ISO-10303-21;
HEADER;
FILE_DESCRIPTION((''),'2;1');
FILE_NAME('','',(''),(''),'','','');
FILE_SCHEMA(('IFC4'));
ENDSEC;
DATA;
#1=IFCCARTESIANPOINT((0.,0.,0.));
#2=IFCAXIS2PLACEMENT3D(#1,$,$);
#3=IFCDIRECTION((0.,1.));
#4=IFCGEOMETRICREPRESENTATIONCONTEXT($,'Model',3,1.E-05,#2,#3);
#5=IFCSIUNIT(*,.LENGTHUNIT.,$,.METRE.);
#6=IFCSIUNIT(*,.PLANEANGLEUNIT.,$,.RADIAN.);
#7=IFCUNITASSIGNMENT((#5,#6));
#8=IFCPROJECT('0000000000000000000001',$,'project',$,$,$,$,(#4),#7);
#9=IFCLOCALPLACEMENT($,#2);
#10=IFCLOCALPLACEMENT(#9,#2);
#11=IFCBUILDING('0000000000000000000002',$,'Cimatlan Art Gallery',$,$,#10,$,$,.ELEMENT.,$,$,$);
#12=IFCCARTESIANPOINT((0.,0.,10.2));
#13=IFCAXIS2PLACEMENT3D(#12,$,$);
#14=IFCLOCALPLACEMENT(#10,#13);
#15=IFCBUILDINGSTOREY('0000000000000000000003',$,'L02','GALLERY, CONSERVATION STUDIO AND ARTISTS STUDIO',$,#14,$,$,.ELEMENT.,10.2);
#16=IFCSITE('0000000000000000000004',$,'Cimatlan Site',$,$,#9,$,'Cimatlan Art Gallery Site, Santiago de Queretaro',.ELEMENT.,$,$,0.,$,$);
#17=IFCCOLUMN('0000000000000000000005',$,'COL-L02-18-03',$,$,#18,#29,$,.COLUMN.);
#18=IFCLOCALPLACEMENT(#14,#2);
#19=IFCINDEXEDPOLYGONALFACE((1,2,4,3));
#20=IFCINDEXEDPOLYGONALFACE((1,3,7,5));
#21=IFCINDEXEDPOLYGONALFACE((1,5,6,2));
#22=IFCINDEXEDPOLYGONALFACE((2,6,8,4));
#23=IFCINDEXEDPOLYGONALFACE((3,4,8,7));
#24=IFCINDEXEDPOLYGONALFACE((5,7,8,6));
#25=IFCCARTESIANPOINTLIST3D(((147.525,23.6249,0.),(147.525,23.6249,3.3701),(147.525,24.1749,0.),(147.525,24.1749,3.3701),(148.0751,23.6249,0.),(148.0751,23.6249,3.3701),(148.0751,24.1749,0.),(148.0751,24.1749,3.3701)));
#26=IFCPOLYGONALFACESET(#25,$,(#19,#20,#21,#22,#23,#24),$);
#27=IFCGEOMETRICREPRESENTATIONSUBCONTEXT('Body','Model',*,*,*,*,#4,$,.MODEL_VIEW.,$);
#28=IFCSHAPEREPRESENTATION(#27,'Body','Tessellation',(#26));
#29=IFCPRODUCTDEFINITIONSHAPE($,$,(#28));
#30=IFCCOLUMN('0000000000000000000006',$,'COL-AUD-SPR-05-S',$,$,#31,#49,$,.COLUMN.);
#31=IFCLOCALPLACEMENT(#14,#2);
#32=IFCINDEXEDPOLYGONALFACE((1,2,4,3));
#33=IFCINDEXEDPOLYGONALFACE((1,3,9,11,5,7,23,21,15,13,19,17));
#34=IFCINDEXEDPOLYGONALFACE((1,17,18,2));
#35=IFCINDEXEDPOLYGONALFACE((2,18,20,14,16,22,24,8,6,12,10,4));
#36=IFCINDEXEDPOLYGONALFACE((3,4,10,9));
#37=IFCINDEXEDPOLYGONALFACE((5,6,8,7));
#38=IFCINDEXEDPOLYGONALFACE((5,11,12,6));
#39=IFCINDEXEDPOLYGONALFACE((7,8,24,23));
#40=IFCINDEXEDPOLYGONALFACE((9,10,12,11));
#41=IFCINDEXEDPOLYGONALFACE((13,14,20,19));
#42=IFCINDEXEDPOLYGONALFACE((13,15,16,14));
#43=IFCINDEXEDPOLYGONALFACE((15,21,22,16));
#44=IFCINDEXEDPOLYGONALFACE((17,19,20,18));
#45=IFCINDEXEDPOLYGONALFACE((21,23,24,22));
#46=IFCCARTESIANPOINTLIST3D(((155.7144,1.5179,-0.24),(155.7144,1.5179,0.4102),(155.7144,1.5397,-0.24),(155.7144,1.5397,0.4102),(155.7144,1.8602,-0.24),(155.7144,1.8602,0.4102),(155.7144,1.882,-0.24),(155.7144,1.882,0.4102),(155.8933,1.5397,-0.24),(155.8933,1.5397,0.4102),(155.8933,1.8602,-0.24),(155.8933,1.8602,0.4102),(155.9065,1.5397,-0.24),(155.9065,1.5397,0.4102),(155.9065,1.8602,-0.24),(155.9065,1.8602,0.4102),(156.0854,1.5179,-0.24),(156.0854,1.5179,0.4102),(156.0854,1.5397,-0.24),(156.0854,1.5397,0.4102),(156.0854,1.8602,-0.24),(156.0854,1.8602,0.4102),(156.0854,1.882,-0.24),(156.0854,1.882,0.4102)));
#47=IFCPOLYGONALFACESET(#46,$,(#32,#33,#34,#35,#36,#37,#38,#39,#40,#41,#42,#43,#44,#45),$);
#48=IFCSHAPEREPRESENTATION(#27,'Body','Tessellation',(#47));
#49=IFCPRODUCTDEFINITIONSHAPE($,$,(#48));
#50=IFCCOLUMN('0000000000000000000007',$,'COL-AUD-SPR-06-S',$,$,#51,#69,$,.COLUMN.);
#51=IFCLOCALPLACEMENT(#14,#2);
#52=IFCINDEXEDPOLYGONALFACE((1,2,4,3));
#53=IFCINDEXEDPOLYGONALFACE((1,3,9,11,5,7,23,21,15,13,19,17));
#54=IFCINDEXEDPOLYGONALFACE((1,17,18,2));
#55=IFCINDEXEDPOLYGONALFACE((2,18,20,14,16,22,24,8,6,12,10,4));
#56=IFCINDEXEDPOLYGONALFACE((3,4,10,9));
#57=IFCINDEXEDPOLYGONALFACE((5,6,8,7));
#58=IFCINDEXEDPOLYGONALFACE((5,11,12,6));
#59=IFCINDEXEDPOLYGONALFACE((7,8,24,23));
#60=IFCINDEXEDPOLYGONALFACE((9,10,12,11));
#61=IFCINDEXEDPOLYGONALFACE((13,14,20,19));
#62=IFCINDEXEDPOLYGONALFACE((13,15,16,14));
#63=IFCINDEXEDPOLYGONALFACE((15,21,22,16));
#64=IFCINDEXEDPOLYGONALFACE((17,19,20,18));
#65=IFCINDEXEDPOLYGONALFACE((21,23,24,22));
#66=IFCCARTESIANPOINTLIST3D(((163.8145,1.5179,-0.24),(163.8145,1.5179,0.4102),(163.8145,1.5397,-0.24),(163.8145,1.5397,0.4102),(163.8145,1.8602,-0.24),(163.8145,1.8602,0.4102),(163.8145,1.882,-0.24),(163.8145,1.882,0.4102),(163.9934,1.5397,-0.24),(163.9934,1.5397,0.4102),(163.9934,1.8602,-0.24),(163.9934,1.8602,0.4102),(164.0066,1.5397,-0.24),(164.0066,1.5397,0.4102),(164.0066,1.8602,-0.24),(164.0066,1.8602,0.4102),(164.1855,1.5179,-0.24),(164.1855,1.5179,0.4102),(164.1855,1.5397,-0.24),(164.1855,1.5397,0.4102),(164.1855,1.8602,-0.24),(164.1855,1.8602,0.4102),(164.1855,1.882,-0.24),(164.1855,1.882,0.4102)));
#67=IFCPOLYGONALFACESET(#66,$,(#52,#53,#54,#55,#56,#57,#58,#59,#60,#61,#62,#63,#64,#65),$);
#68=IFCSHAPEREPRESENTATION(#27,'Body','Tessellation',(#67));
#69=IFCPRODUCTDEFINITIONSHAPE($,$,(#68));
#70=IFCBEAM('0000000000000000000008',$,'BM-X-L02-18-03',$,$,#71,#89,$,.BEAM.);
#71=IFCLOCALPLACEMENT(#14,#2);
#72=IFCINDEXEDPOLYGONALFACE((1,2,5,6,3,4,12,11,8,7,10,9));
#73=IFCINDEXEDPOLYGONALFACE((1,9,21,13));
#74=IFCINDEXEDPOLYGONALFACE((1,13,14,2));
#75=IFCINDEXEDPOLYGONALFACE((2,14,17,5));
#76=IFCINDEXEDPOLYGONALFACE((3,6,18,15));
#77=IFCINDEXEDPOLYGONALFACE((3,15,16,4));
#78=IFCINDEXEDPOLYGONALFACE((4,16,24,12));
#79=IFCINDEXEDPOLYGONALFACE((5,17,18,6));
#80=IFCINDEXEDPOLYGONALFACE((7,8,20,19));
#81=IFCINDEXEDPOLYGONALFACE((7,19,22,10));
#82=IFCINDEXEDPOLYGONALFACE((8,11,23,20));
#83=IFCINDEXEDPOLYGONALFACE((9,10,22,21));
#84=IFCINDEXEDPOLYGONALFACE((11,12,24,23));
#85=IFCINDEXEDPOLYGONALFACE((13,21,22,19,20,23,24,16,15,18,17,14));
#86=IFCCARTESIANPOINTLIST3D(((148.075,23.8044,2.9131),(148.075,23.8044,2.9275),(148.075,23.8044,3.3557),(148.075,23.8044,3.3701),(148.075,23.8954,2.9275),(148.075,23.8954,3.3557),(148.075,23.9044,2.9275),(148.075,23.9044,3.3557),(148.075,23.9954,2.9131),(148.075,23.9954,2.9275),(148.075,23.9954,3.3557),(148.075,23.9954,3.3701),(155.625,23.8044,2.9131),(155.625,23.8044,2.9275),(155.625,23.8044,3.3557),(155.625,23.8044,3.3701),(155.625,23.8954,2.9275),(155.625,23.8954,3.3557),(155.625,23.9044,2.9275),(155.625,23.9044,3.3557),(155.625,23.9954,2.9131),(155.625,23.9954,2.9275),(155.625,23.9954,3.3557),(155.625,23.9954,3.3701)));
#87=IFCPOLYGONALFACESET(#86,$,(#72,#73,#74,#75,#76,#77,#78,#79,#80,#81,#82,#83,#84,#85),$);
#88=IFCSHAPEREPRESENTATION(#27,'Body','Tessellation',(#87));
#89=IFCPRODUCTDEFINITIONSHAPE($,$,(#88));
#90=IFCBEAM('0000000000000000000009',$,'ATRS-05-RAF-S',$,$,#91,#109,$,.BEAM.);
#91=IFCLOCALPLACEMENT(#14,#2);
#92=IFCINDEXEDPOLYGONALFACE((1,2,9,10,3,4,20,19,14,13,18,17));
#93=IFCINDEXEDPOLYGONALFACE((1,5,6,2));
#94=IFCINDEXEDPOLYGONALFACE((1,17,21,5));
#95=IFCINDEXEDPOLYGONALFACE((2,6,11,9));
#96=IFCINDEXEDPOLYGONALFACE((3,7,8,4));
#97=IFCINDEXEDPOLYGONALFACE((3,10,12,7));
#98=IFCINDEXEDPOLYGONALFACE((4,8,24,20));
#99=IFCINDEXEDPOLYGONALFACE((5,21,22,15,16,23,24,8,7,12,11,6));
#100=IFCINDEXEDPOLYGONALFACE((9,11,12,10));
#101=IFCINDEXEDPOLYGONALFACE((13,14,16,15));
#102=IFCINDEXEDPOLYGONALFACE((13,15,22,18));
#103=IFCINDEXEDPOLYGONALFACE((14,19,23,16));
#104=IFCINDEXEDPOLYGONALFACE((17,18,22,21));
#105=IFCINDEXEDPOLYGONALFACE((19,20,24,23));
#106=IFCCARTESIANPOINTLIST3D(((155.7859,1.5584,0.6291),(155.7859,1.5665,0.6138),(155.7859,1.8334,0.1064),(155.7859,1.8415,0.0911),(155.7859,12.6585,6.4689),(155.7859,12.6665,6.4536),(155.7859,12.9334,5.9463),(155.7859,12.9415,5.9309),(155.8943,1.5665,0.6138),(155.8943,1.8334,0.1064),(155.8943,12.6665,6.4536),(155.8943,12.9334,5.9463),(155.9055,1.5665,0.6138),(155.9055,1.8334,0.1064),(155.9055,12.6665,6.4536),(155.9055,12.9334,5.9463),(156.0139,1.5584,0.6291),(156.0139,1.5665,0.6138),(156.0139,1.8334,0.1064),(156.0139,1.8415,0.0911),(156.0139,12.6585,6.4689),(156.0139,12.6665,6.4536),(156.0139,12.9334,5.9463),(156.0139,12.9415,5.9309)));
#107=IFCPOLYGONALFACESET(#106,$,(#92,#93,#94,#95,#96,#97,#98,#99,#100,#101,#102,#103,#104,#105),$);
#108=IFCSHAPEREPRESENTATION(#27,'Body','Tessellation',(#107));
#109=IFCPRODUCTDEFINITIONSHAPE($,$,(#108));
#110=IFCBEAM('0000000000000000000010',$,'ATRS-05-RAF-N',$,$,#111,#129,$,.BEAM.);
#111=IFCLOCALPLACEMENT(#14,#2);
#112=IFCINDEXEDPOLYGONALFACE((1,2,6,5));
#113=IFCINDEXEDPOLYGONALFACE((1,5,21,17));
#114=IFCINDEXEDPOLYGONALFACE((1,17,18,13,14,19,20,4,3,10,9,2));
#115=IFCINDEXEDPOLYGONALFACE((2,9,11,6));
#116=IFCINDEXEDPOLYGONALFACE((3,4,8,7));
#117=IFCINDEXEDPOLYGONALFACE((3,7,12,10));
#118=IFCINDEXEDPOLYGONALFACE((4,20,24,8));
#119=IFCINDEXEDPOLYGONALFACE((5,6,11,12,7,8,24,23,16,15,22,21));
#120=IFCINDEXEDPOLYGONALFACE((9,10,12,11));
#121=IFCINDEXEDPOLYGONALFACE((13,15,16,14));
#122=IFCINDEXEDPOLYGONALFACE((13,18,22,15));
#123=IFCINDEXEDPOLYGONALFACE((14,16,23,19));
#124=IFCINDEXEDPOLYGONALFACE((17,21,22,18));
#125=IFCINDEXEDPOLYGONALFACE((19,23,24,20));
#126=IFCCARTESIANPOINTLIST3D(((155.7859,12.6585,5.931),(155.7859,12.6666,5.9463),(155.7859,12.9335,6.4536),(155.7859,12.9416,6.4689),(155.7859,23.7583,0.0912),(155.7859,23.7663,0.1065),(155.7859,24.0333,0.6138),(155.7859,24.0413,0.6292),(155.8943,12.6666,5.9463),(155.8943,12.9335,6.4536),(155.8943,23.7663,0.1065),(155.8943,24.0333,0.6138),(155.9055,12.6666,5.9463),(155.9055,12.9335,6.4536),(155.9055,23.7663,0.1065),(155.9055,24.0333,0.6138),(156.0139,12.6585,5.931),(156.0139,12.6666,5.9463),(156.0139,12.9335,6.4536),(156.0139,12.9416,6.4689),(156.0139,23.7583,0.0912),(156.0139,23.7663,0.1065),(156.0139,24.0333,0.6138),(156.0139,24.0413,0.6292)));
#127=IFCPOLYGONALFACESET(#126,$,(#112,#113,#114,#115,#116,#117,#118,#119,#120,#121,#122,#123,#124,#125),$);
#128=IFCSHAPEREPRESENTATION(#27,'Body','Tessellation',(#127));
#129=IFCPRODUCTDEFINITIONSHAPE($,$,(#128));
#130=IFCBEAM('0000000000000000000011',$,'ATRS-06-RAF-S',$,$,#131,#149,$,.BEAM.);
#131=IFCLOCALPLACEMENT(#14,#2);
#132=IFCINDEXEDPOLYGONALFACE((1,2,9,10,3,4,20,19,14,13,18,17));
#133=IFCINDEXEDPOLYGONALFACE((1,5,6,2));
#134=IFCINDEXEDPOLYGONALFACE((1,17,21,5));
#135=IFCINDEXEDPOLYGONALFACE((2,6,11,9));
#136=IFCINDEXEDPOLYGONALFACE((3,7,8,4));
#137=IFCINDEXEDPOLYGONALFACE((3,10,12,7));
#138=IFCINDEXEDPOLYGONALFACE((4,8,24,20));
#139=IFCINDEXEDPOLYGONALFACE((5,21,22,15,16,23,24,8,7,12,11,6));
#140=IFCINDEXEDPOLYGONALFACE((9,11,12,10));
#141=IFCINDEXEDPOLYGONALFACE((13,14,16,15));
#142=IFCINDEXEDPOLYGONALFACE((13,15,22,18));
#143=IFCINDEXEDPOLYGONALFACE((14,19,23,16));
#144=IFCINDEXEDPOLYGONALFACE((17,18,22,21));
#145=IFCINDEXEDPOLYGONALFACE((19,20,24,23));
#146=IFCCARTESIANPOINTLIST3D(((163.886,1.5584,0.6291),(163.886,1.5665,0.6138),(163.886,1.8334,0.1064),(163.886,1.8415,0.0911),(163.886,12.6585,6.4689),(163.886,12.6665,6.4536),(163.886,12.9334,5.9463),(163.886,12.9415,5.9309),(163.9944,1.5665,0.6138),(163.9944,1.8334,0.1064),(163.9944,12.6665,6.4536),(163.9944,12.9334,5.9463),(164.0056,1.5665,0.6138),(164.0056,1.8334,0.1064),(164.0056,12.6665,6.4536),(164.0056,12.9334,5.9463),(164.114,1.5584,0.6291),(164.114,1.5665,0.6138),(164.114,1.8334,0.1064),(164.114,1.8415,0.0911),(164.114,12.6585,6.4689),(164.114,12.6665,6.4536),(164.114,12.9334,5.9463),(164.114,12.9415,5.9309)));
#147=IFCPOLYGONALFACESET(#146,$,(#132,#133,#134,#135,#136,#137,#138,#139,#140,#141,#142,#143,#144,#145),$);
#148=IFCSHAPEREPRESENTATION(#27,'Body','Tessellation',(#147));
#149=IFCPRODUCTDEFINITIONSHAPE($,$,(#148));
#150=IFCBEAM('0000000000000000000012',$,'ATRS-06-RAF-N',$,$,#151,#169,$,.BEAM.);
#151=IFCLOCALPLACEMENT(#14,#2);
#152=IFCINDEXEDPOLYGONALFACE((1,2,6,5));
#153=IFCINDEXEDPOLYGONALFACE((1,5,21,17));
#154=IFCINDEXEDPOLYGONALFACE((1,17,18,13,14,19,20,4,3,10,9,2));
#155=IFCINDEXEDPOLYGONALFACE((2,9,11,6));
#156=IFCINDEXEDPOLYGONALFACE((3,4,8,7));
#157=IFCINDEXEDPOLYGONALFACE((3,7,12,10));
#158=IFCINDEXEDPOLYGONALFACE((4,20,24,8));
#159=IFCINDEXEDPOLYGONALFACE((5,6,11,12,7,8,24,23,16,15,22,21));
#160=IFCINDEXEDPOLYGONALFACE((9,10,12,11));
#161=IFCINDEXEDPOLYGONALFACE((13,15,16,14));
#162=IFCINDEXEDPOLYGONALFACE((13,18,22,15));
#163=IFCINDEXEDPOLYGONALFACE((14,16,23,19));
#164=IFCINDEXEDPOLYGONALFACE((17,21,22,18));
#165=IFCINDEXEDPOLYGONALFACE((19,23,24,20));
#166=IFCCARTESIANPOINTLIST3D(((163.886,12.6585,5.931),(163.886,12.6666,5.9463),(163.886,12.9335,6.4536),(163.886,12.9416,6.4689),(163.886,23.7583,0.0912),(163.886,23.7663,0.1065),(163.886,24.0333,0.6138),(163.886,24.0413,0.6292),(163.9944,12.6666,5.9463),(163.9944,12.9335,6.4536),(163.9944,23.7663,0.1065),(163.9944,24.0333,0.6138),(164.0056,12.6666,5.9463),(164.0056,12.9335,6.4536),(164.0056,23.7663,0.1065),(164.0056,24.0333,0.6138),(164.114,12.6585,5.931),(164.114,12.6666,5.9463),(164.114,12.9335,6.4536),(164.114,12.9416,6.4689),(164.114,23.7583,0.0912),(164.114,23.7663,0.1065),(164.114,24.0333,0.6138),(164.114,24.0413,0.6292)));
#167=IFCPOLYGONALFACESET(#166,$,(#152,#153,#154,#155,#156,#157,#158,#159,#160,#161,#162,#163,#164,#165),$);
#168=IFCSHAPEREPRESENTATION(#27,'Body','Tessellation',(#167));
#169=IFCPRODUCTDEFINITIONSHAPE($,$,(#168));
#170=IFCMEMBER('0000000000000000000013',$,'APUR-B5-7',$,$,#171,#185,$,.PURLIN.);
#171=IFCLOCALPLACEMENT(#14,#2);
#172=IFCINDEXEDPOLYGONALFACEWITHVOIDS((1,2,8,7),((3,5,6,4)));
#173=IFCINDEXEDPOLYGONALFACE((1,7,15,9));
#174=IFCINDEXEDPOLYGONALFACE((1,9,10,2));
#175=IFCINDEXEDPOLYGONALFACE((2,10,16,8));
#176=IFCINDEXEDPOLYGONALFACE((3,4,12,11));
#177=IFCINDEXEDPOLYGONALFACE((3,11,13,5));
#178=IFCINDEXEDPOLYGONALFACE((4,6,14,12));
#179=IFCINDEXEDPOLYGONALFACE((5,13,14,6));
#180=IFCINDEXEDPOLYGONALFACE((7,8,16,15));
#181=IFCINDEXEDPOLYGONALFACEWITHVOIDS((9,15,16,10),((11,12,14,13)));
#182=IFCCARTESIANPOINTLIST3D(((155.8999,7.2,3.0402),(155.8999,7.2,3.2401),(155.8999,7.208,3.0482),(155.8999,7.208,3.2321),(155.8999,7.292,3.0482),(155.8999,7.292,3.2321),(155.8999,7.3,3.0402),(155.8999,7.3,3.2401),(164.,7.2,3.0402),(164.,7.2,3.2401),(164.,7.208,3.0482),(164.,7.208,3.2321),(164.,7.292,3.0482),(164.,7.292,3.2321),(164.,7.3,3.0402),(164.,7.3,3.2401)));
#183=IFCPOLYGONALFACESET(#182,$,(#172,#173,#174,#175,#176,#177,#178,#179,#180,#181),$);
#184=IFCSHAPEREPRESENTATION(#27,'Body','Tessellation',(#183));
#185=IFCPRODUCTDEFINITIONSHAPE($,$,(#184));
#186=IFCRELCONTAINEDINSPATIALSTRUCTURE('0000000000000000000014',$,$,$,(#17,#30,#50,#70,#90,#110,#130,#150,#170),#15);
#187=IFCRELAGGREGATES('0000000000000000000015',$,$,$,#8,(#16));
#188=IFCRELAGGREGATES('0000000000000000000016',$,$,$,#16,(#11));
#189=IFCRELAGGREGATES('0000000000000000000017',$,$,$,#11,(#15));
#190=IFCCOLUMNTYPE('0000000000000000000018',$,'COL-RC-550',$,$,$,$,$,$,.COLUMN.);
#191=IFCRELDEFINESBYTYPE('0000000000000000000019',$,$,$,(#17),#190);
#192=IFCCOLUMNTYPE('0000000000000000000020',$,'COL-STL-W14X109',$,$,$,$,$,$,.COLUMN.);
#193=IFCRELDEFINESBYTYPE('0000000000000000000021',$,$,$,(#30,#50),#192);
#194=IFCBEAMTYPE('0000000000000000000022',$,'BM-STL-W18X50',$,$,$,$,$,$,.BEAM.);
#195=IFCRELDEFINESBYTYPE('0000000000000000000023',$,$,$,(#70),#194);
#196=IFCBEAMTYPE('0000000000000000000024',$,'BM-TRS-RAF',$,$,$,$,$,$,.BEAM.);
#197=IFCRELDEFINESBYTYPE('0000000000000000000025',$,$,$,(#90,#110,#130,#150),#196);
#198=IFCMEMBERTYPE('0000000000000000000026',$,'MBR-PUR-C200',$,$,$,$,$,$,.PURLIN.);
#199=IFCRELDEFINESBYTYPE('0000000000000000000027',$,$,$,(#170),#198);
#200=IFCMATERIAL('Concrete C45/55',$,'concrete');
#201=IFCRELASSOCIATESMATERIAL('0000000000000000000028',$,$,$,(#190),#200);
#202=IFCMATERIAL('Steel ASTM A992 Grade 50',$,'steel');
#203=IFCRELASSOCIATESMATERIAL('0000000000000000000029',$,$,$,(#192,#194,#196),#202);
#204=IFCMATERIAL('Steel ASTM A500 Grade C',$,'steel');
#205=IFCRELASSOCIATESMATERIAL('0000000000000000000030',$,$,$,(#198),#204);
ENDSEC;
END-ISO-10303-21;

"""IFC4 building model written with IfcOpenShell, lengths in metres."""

from ifc_helpers import new_model, si_unit, direction, frame, origin, origin_2d, place, context, subcontext, project, spatial, rectangle, hollow_rectangle, i_section, extrude, material, material_profile, profile_set, type_object, element, save


model = new_model("IFC4")

# Units and contexts
model_context = context("Model", 3, precision=1e-05, world=origin(), true_north=direction((0.0, 1.0)))
body_context = subcontext(model_context, "Body", "Model", "MODEL_VIEW")
ifc_project = project(units=[si_unit("LENGTHUNIT", "METRE"), si_unit("PLANEANGLEUNIT", "RADIAN")], contexts=[model_context])

# Site, building, storey
site_placement = place(None, origin())
site = spatial("IfcSite", under=ifc_project, at=site_placement, Name="Cimatlan Site", LongName="Cimatlan Art Gallery Site, Santiago de Queretaro", CompositionType="ELEMENT", RefElevation=0.0)
building_placement = place(site_placement, origin())
building = spatial("IfcBuilding", under=site, at=building_placement, Name="Cimatlan Art Gallery", CompositionType="ELEMENT")
storey_placement = place(building_placement, frame((0.0, 0.0, 10.2)))
storey = spatial("IfcBuildingStorey", under=building, at=storey_placement, Name="L02", Description="GALLERY, CONSERVATION STUDIO AND ARTISTS STUDIO", CompositionType="ELEMENT", Elevation=10.2)

# Columns
ifc_material_1 = material(Name="Concrete C45/55", Category="concrete")
ifc_material_profile_1 = material_profile(ifc_material_1, rectangle(XDim=0.55, YDim=0.55, at=origin_2d()), Name="RC550X550")
ifc_profile_set_1 = profile_set([ifc_material_profile_1], Name="Concrete C45/55")
column_type_1 = type_object("IfcColumnType", Name="COL-RC-550", PredefinedType="COLUMN", material=ifc_profile_set_1)
column_placement = place(storey_placement, frame((147.8, 23.8999, 0.0), z_axis=(0.0, 0.0, 1.0), x_axis=(1.0, 0.0, 0.0)))
element("IfcColumn", 1, at=column_placement, inside=storey, type_object=column_type_1, Name="COL-L02-18-03", PredefinedType="COLUMN", context=body_context, shape_type="SweptSolid", body=[
    extrude(rectangle(XDim=0.55, YDim=0.55, at=origin_2d()), origin(), (0.0, 0.0, 1.0), 3.3701),
])
ifc_material_2 = material(Name="Steel ASTM A992 Grade 50", Category="steel")
ifc_material_profile_2 = material_profile(ifc_material_2, i_section(OverallWidth=0.3711, OverallDepth=0.364, WebThickness=0.0132, FlangeThickness=0.0217, at=origin_2d()), Name="W14X109")
ifc_profile_set_2 = profile_set([ifc_material_profile_2], Name="Steel ASTM A992 Grade 50")
column_type_2 = type_object("IfcColumnType", Name="COL-STL-W14X109", PredefinedType="COLUMN", material=ifc_profile_set_2)
for number, where, z_axis, x_axis, name in (
    (2, (155.8999, 1.7, -0.24), (0.0, 0.0, 1.0), (1.0, 0.0, 0.0), "COL-AUD-SPR-05-S"),
    (3, (164.0, 1.7, -0.24), (0.0, 0.0, 1.0), (1.0, 0.0, 0.0), "COL-AUD-SPR-06-S"),
):
    element("IfcColumn", number, at=place(storey_placement, frame(where, z_axis=z_axis, x_axis=x_axis)), inside=storey, type_object=column_type_2, Name=name, PredefinedType="COLUMN", context=body_context, shape_type="SweptSolid", body=[
        extrude(i_section(OverallWidth=0.3711, OverallDepth=0.364, WebThickness=0.0132, FlangeThickness=0.0217, at=origin_2d()), origin(), (0.0, 0.0, 1.0), 0.6501),
    ])

# Beams
ifc_material_profile_3 = material_profile(ifc_material_2, i_section(OverallWidth=0.1909, OverallDepth=0.457, WebThickness=0.009, FlangeThickness=0.0144, at=origin_2d()), Name="W18X50")
ifc_profile_set_3 = profile_set([ifc_material_profile_3], Name="Steel ASTM A992 Grade 50")
beam_type_1 = type_object("IfcBeamType", Name="BM-STL-W18X50", PredefinedType="BEAM", material=ifc_profile_set_3)
beam_1_placement = place(storey_placement, frame((148.075, 23.8999, 3.1416), z_axis=(1.0, 0.0, 0.0), x_axis=(0.0, 1.0, 0.0)))
element("IfcBeam", 4, at=beam_1_placement, inside=storey, type_object=beam_type_1, Name="BM-X-L02-18-03", PredefinedType="BEAM", context=body_context, shape_type="SweptSolid", body=[
    extrude(i_section(OverallWidth=0.1909, OverallDepth=0.457, WebThickness=0.009, FlangeThickness=0.0144, at=origin_2d()), origin(), (0.0, 0.0, 1.0), 7.55),
])
ifc_material_profile_4 = material_profile(ifc_material_2, i_section(OverallWidth=0.228, OverallDepth=0.6079, WebThickness=0.0112, FlangeThickness=0.0173, at=origin_2d()), Name="W24X76")
ifc_profile_set_4 = profile_set([ifc_material_profile_4], Name="Steel ASTM A992 Grade 50")
beam_type_2 = type_object("IfcBeamType", Name="BM-TRS-RAF", PredefinedType="BEAM", material=ifc_profile_set_4)
beam_2_placement = place(storey_placement, frame((155.8999, 1.7, 0.3601), z_axis=(0.0, 0.884994, 0.465602), x_axis=(-1.0, 0.0, 0.0)))
element("IfcBeam", 5, at=beam_2_placement, inside=storey, type_object=beam_type_2, Name="ATRS-05-RAF-S", PredefinedType="BEAM", context=body_context, shape_type="SweptSolid", body=[
    extrude(i_section(OverallWidth=0.228, OverallDepth=0.6079, WebThickness=0.0112, FlangeThickness=0.0173, at=origin_2d()), origin(), (0.0, 0.0, 1.0), 12.5425),
])
beam_3_placement = place(storey_placement, frame((155.8999, 12.8, 6.2), z_axis=(0.0, 0.88499, -0.46561), x_axis=(-1.0, 0.0, 0.0)))
element("IfcBeam", 6, at=beam_3_placement, inside=storey, type_object=beam_type_2, Name="ATRS-05-RAF-N", PredefinedType="BEAM", context=body_context, shape_type="SweptSolid", body=[
    extrude(i_section(OverallWidth=0.228, OverallDepth=0.6079, WebThickness=0.0112, FlangeThickness=0.0173, at=origin_2d()), origin(), (0.0, 0.0, 1.0), 12.5422),
])
beam_4_placement = place(storey_placement, frame((164.0, 1.7, 0.3601), z_axis=(0.0, 0.884994, 0.465602), x_axis=(-1.0, 0.0, 0.0)))
element("IfcBeam", 7, at=beam_4_placement, inside=storey, type_object=beam_type_2, Name="ATRS-06-RAF-S", PredefinedType="BEAM", context=body_context, shape_type="SweptSolid", body=[
    extrude(i_section(OverallWidth=0.228, OverallDepth=0.6079, WebThickness=0.0112, FlangeThickness=0.0173, at=origin_2d()), origin(), (0.0, 0.0, 1.0), 12.5425),
])
beam_5_placement = place(storey_placement, frame((164.0, 12.8, 6.2), z_axis=(0.0, 0.88499, -0.46561), x_axis=(-1.0, 0.0, 0.0)))
element("IfcBeam", 8, at=beam_5_placement, inside=storey, type_object=beam_type_2, Name="ATRS-06-RAF-N", PredefinedType="BEAM", context=body_context, shape_type="SweptSolid", body=[
    extrude(i_section(OverallWidth=0.228, OverallDepth=0.6079, WebThickness=0.0112, FlangeThickness=0.0173, at=origin_2d()), origin(), (0.0, 0.0, 1.0), 12.5422),
])

# Member
ifc_material_3 = material(Name="Steel ASTM A500 Grade C", Category="steel")
ifc_material_profile_5 = material_profile(ifc_material_3, hollow_rectangle(XDim=0.1001, YDim=0.2, WallThickness=0.0081, at=origin_2d()), Name="HSS200X100X8")
ifc_profile_set_5 = profile_set([ifc_material_profile_5], Name="Steel ASTM A500 Grade C")
member_type_1 = type_object("IfcMemberType", Name="MBR-PUR-C200", PredefinedType="PURLIN", material=ifc_profile_set_5)
for number, where, z_axis, x_axis, name in (
    (9, (155.8999, 7.25, 3.1401), (1.0, 0.0, 0.0), (0.0, 1.0, 0.0), "APUR-B5-7"),
):
    element("IfcMember", number, at=place(storey_placement, frame(where, z_axis=z_axis, x_axis=x_axis)), inside=storey, type_object=member_type_1, Name=name, PredefinedType="PURLIN", context=body_context, shape_type="SweptSolid", body=[
        extrude(hollow_rectangle(XDim=0.1001, YDim=0.2, WallThickness=0.0081, at=origin_2d()), origin(), (0.0, 0.0, 1.0), 8.1001),
    ])

save(model, "model.ifc")
